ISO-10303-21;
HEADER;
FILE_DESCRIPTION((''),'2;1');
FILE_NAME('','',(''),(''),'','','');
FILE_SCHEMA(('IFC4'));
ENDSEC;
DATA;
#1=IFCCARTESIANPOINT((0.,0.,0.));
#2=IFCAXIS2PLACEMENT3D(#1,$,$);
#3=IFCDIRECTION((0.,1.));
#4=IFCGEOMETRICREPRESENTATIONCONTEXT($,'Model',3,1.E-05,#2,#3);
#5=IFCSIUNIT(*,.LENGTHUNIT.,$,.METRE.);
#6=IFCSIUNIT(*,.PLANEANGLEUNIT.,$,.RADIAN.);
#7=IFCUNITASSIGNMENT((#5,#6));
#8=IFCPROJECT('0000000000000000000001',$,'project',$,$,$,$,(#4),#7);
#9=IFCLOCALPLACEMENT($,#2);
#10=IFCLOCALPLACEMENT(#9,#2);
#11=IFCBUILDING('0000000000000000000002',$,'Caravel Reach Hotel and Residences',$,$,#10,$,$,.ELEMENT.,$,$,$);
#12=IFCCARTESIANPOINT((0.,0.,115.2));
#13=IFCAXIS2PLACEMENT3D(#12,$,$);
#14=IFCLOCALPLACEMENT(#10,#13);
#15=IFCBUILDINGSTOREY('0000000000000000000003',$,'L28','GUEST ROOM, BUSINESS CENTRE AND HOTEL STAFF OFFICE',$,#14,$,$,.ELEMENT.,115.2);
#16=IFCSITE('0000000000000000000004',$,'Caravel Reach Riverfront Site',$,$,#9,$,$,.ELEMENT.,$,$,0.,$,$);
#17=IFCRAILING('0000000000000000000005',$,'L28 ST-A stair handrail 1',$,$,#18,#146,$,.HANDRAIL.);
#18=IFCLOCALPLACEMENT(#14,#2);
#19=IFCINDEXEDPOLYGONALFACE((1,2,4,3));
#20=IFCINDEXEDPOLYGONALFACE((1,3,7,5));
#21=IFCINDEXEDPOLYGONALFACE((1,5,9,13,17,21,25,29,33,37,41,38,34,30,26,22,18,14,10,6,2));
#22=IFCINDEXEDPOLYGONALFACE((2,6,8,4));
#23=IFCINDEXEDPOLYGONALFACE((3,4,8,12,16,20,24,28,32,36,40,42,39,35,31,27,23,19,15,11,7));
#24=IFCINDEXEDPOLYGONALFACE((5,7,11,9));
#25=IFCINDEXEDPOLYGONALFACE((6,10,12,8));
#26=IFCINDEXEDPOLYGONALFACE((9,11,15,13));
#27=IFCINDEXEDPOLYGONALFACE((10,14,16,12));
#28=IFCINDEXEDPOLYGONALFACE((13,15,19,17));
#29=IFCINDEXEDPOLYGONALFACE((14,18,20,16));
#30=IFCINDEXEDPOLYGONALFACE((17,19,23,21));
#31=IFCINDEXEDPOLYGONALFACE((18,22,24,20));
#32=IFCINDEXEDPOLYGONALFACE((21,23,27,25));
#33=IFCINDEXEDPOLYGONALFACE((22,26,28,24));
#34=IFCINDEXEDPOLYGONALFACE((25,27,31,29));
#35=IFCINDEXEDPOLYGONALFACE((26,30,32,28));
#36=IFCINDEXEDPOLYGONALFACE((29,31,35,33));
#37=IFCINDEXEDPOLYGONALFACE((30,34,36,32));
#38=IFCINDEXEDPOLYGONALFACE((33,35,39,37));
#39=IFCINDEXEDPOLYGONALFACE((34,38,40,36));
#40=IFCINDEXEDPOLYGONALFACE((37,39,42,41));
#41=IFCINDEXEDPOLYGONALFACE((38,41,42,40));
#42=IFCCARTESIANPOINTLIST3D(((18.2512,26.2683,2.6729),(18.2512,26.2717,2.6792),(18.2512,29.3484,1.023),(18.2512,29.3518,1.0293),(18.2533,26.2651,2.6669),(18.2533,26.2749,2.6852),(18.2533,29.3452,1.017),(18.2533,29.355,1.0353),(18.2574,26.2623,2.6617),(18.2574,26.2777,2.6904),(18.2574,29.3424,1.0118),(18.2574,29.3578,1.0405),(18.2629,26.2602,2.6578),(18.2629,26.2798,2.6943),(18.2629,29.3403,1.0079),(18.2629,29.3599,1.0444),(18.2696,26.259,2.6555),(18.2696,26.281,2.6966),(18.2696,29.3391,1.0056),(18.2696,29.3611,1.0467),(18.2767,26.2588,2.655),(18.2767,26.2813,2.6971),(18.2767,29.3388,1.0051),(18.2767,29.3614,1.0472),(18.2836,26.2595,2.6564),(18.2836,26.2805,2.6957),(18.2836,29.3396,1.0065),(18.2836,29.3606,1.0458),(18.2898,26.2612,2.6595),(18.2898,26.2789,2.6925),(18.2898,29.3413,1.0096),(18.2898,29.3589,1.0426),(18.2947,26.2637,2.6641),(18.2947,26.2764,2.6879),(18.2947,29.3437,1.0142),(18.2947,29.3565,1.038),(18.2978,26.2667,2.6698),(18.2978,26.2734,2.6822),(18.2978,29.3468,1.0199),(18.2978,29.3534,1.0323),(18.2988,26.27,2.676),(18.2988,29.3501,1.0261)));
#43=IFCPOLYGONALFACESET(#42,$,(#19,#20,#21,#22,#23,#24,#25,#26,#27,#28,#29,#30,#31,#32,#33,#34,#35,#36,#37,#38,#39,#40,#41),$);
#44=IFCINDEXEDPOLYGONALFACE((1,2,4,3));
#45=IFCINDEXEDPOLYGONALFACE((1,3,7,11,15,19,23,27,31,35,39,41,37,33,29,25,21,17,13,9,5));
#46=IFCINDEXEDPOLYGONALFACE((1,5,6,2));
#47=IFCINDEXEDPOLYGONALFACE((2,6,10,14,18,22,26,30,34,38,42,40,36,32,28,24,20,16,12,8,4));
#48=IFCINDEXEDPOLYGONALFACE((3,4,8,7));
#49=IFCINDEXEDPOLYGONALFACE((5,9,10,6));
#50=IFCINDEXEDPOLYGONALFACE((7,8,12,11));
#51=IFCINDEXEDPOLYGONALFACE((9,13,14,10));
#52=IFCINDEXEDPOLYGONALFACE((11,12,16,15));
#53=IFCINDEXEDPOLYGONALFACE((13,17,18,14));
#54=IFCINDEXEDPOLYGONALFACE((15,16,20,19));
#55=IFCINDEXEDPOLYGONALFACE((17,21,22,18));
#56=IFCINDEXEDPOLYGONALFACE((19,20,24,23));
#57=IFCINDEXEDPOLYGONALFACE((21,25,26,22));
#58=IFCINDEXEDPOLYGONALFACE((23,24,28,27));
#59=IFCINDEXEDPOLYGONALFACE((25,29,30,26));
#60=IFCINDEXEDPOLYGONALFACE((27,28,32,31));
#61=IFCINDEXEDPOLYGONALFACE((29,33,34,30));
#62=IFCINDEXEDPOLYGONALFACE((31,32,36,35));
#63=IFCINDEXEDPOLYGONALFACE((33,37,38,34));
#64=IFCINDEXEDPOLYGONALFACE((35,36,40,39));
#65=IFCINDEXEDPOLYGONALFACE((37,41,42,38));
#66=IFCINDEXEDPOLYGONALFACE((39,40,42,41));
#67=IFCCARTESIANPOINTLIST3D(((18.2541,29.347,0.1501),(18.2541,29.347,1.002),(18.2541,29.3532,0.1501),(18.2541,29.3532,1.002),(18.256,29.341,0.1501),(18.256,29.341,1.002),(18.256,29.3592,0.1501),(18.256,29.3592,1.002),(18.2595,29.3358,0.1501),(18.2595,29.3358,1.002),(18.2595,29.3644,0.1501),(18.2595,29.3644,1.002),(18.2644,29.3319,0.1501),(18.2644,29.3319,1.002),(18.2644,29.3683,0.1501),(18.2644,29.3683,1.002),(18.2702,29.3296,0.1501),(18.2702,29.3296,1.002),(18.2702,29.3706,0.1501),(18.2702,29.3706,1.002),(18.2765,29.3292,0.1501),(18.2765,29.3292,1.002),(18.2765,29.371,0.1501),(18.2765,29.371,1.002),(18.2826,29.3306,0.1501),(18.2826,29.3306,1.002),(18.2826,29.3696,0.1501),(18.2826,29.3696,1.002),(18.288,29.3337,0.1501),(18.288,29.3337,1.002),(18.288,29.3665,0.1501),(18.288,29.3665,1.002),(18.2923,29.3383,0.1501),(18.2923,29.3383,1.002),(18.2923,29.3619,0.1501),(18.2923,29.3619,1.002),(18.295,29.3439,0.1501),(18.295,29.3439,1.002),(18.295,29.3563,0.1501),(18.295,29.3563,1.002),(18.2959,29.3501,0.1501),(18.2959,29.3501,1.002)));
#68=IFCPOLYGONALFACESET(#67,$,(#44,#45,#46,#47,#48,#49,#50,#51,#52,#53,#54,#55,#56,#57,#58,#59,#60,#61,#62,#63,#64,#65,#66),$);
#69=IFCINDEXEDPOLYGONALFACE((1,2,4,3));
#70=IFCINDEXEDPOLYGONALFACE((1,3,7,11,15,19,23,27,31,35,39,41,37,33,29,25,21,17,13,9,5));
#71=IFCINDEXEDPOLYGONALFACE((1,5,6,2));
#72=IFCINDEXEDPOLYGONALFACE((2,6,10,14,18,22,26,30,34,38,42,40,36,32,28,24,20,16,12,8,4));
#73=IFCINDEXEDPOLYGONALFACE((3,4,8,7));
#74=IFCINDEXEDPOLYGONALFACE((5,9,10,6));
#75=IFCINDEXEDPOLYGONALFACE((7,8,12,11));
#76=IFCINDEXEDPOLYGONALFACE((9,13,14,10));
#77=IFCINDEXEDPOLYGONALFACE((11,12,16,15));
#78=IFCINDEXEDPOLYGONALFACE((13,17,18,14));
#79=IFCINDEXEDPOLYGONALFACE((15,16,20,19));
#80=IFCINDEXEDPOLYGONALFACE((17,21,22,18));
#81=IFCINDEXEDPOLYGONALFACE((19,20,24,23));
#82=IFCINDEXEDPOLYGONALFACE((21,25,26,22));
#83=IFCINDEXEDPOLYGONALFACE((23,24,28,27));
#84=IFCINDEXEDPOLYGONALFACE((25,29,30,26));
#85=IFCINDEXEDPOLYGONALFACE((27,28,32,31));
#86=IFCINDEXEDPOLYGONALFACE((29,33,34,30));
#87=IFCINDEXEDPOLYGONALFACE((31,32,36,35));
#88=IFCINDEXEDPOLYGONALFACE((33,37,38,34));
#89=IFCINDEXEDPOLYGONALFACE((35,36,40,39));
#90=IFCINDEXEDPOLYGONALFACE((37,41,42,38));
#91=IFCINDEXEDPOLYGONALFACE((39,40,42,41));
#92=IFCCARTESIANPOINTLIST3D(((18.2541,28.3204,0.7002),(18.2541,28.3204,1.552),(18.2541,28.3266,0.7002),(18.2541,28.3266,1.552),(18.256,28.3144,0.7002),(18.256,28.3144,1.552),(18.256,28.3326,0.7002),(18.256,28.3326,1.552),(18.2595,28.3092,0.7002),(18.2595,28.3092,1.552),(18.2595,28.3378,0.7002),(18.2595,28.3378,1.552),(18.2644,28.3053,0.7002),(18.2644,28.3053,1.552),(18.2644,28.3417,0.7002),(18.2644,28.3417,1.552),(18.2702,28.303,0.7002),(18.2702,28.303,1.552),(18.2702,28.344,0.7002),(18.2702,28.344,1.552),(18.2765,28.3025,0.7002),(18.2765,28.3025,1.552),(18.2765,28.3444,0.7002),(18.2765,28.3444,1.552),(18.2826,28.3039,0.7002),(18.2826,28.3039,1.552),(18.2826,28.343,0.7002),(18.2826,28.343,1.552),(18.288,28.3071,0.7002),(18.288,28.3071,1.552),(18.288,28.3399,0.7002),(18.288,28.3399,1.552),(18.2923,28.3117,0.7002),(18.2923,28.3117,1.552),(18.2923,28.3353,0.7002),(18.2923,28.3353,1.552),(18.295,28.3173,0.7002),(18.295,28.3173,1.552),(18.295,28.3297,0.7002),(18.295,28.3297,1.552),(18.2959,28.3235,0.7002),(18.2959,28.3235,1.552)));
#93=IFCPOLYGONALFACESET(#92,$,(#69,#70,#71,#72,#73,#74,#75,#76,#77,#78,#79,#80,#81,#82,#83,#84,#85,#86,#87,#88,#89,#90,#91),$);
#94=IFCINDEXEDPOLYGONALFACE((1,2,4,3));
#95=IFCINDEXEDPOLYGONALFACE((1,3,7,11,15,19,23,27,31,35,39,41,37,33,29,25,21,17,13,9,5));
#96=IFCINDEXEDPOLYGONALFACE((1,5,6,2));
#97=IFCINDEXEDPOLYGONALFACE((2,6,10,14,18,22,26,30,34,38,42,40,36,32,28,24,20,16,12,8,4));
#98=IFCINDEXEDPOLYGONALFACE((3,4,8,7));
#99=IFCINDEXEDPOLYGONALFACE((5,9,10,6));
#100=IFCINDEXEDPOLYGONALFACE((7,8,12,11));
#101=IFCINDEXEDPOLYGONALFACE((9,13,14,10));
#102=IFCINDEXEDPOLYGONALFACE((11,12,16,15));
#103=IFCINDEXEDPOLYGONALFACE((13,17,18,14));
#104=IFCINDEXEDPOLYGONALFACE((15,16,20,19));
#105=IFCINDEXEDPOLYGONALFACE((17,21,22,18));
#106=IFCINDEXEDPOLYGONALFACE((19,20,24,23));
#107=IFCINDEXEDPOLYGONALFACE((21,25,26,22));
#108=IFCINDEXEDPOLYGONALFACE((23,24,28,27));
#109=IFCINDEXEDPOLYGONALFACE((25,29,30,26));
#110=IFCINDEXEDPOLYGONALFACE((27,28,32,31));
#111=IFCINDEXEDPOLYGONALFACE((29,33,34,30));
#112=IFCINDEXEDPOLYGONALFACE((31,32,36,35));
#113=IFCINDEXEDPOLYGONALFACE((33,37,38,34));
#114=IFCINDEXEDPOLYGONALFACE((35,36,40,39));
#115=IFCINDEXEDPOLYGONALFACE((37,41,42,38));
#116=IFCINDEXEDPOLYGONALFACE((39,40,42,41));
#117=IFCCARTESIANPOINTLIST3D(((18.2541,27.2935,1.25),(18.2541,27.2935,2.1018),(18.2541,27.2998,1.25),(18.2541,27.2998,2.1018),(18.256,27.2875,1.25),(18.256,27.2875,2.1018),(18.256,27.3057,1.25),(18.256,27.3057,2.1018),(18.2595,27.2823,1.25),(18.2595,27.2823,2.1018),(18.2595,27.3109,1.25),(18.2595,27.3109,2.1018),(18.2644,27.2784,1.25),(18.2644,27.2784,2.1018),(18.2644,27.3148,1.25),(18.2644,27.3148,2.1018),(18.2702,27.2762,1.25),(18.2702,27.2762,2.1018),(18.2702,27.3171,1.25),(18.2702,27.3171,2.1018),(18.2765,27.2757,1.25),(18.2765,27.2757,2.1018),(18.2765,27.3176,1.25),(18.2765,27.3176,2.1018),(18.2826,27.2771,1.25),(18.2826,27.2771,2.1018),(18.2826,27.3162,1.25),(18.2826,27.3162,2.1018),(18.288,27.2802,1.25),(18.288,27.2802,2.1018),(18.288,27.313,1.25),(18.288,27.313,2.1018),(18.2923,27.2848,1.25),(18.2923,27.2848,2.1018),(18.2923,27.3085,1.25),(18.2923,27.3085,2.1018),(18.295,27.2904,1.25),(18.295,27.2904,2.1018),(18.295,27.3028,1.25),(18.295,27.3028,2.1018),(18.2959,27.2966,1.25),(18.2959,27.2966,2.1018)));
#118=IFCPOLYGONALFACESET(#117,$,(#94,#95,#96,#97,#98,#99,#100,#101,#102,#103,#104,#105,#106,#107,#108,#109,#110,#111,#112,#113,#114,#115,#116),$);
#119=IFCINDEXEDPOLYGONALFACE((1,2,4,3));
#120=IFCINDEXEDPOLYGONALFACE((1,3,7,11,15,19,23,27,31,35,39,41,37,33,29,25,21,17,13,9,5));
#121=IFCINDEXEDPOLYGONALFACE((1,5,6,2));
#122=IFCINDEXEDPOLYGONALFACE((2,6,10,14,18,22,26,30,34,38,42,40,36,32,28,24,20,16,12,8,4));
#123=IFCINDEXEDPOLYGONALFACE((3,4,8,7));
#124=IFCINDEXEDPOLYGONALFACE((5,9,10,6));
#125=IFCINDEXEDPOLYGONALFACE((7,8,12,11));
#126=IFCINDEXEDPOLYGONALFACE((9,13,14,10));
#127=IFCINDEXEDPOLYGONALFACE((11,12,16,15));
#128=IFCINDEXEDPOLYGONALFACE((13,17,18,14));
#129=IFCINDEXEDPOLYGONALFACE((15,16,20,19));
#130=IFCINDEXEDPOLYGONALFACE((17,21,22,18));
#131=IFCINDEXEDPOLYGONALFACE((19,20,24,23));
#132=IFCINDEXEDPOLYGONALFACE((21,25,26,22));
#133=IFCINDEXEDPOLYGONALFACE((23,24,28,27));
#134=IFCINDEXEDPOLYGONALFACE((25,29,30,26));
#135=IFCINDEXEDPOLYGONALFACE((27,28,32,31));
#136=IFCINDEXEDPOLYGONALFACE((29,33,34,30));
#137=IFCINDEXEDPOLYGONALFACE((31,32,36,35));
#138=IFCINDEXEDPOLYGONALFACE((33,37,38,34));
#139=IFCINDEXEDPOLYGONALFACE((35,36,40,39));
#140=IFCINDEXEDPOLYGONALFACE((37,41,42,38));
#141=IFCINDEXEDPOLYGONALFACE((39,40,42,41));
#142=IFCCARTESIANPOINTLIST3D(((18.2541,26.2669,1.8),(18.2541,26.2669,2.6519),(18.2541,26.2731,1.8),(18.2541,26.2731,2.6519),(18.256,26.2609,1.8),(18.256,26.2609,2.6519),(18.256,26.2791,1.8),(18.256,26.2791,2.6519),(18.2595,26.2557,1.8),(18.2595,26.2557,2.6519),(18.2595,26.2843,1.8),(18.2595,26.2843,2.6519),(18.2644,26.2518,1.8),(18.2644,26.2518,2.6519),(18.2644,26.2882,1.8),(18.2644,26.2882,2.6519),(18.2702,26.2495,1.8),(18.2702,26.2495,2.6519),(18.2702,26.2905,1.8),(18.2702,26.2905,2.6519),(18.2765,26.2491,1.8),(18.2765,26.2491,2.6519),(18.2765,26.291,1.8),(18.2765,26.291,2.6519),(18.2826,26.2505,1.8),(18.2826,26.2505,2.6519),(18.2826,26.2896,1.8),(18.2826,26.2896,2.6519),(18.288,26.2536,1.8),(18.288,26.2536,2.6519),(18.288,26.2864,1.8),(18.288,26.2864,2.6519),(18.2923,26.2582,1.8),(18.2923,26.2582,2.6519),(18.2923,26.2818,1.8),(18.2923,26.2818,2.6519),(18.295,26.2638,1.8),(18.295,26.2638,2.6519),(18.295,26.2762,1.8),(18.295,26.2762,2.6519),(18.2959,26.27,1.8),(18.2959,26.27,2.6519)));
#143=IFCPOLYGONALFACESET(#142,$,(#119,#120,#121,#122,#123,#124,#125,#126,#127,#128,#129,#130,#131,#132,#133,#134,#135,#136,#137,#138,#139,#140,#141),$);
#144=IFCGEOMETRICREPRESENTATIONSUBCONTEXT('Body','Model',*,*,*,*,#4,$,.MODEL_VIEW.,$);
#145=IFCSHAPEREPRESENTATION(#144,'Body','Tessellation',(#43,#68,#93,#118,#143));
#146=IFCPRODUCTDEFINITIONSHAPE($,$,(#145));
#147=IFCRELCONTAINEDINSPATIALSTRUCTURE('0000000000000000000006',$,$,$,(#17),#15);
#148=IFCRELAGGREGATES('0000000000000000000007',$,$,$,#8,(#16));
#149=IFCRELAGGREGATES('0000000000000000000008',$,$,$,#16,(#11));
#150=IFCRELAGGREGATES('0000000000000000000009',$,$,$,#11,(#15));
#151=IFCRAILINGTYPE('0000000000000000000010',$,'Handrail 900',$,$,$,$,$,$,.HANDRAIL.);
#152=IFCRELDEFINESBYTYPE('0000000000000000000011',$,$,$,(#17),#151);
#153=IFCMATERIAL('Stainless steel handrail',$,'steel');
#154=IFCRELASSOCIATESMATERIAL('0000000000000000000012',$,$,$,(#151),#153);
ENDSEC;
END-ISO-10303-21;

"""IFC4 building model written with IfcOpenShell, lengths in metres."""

from ifc_helpers import new_model, si_unit, direction, frame, origin, origin_2d, place, context, subcontext, project, spatial, circle, extrude, material, type_object, element, save


model = new_model("IFC4")

# Units and contexts
model_context = context("Model", 3, precision=1e-05, world=origin(), true_north=direction((0.0, 1.0)))
body_context = subcontext(model_context, "Body", "Model", "MODEL_VIEW")
ifc_project = project(units=[si_unit("LENGTHUNIT", "METRE"), si_unit("PLANEANGLEUNIT", "RADIAN")], contexts=[model_context])

# Site, building, storey
site_placement = place(None, origin())
site = spatial("IfcSite", under=ifc_project, at=site_placement, Name="Caravel Reach Riverfront Site", CompositionType="ELEMENT", RefElevation=0.0)
building_placement = place(site_placement, origin())
building = spatial("IfcBuilding", under=site, at=building_placement, Name="Caravel Reach Hotel and Residences", CompositionType="ELEMENT")
storey_placement = place(building_placement, frame((0.0, 0.0, 115.2)))
storey = spatial("IfcBuildingStorey", under=building, at=storey_placement, Name="L28", Description="GUEST ROOM, BUSINESS CENTRE AND HOTEL STAFF OFFICE", CompositionType="ELEMENT", Elevation=115.2)

# Railing
ifc_material_1 = material(Name="Stainless steel handrail", Category="steel")
railing_type_1 = type_object("IfcRailingType", Name="Handrail 900", PredefinedType="HANDRAIL", material=ifc_material_1)
railing_1_placement = place(storey_placement, frame((18.2749, 29.3501, 0.1501)))
element("IfcRailing", 1, at=railing_1_placement, inside=storey, type_object=railing_type_1, Name="L28 ST-A stair handrail 1", PredefinedType="HANDRAIL", context=body_context, shape_type="SweptSolid", body=[
    extrude(circle(Radius=0.0239, at=origin_2d()), frame((0.0, 0.0, 0.876), z_axis=(0.0, -0.881497, 0.47219), x_axis=(1.0, 0.0, 0.0)), (0.0, 0.0, 1.0), 3.4941),
    extrude(circle(Radius=0.021, at=origin_2d()), origin(), (0.0, 0.0, 1.0), 0.8518),
    extrude(circle(Radius=0.021, at=origin_2d()), frame((0.0, -1.0266, 0.55)), (0.0, 0.0, 1.0), 0.8518),
    extrude(circle(Radius=0.021, at=origin_2d()), frame((0.0, -2.0535, 1.0999)), (0.0, 0.0, 1.0), 0.8518),
    extrude(circle(Radius=0.021, at=origin_2d()), frame((0.0, -3.0801, 1.6499)), (0.0, 0.0, 1.0), 0.8518),
])

save(model, "model.ifc")
